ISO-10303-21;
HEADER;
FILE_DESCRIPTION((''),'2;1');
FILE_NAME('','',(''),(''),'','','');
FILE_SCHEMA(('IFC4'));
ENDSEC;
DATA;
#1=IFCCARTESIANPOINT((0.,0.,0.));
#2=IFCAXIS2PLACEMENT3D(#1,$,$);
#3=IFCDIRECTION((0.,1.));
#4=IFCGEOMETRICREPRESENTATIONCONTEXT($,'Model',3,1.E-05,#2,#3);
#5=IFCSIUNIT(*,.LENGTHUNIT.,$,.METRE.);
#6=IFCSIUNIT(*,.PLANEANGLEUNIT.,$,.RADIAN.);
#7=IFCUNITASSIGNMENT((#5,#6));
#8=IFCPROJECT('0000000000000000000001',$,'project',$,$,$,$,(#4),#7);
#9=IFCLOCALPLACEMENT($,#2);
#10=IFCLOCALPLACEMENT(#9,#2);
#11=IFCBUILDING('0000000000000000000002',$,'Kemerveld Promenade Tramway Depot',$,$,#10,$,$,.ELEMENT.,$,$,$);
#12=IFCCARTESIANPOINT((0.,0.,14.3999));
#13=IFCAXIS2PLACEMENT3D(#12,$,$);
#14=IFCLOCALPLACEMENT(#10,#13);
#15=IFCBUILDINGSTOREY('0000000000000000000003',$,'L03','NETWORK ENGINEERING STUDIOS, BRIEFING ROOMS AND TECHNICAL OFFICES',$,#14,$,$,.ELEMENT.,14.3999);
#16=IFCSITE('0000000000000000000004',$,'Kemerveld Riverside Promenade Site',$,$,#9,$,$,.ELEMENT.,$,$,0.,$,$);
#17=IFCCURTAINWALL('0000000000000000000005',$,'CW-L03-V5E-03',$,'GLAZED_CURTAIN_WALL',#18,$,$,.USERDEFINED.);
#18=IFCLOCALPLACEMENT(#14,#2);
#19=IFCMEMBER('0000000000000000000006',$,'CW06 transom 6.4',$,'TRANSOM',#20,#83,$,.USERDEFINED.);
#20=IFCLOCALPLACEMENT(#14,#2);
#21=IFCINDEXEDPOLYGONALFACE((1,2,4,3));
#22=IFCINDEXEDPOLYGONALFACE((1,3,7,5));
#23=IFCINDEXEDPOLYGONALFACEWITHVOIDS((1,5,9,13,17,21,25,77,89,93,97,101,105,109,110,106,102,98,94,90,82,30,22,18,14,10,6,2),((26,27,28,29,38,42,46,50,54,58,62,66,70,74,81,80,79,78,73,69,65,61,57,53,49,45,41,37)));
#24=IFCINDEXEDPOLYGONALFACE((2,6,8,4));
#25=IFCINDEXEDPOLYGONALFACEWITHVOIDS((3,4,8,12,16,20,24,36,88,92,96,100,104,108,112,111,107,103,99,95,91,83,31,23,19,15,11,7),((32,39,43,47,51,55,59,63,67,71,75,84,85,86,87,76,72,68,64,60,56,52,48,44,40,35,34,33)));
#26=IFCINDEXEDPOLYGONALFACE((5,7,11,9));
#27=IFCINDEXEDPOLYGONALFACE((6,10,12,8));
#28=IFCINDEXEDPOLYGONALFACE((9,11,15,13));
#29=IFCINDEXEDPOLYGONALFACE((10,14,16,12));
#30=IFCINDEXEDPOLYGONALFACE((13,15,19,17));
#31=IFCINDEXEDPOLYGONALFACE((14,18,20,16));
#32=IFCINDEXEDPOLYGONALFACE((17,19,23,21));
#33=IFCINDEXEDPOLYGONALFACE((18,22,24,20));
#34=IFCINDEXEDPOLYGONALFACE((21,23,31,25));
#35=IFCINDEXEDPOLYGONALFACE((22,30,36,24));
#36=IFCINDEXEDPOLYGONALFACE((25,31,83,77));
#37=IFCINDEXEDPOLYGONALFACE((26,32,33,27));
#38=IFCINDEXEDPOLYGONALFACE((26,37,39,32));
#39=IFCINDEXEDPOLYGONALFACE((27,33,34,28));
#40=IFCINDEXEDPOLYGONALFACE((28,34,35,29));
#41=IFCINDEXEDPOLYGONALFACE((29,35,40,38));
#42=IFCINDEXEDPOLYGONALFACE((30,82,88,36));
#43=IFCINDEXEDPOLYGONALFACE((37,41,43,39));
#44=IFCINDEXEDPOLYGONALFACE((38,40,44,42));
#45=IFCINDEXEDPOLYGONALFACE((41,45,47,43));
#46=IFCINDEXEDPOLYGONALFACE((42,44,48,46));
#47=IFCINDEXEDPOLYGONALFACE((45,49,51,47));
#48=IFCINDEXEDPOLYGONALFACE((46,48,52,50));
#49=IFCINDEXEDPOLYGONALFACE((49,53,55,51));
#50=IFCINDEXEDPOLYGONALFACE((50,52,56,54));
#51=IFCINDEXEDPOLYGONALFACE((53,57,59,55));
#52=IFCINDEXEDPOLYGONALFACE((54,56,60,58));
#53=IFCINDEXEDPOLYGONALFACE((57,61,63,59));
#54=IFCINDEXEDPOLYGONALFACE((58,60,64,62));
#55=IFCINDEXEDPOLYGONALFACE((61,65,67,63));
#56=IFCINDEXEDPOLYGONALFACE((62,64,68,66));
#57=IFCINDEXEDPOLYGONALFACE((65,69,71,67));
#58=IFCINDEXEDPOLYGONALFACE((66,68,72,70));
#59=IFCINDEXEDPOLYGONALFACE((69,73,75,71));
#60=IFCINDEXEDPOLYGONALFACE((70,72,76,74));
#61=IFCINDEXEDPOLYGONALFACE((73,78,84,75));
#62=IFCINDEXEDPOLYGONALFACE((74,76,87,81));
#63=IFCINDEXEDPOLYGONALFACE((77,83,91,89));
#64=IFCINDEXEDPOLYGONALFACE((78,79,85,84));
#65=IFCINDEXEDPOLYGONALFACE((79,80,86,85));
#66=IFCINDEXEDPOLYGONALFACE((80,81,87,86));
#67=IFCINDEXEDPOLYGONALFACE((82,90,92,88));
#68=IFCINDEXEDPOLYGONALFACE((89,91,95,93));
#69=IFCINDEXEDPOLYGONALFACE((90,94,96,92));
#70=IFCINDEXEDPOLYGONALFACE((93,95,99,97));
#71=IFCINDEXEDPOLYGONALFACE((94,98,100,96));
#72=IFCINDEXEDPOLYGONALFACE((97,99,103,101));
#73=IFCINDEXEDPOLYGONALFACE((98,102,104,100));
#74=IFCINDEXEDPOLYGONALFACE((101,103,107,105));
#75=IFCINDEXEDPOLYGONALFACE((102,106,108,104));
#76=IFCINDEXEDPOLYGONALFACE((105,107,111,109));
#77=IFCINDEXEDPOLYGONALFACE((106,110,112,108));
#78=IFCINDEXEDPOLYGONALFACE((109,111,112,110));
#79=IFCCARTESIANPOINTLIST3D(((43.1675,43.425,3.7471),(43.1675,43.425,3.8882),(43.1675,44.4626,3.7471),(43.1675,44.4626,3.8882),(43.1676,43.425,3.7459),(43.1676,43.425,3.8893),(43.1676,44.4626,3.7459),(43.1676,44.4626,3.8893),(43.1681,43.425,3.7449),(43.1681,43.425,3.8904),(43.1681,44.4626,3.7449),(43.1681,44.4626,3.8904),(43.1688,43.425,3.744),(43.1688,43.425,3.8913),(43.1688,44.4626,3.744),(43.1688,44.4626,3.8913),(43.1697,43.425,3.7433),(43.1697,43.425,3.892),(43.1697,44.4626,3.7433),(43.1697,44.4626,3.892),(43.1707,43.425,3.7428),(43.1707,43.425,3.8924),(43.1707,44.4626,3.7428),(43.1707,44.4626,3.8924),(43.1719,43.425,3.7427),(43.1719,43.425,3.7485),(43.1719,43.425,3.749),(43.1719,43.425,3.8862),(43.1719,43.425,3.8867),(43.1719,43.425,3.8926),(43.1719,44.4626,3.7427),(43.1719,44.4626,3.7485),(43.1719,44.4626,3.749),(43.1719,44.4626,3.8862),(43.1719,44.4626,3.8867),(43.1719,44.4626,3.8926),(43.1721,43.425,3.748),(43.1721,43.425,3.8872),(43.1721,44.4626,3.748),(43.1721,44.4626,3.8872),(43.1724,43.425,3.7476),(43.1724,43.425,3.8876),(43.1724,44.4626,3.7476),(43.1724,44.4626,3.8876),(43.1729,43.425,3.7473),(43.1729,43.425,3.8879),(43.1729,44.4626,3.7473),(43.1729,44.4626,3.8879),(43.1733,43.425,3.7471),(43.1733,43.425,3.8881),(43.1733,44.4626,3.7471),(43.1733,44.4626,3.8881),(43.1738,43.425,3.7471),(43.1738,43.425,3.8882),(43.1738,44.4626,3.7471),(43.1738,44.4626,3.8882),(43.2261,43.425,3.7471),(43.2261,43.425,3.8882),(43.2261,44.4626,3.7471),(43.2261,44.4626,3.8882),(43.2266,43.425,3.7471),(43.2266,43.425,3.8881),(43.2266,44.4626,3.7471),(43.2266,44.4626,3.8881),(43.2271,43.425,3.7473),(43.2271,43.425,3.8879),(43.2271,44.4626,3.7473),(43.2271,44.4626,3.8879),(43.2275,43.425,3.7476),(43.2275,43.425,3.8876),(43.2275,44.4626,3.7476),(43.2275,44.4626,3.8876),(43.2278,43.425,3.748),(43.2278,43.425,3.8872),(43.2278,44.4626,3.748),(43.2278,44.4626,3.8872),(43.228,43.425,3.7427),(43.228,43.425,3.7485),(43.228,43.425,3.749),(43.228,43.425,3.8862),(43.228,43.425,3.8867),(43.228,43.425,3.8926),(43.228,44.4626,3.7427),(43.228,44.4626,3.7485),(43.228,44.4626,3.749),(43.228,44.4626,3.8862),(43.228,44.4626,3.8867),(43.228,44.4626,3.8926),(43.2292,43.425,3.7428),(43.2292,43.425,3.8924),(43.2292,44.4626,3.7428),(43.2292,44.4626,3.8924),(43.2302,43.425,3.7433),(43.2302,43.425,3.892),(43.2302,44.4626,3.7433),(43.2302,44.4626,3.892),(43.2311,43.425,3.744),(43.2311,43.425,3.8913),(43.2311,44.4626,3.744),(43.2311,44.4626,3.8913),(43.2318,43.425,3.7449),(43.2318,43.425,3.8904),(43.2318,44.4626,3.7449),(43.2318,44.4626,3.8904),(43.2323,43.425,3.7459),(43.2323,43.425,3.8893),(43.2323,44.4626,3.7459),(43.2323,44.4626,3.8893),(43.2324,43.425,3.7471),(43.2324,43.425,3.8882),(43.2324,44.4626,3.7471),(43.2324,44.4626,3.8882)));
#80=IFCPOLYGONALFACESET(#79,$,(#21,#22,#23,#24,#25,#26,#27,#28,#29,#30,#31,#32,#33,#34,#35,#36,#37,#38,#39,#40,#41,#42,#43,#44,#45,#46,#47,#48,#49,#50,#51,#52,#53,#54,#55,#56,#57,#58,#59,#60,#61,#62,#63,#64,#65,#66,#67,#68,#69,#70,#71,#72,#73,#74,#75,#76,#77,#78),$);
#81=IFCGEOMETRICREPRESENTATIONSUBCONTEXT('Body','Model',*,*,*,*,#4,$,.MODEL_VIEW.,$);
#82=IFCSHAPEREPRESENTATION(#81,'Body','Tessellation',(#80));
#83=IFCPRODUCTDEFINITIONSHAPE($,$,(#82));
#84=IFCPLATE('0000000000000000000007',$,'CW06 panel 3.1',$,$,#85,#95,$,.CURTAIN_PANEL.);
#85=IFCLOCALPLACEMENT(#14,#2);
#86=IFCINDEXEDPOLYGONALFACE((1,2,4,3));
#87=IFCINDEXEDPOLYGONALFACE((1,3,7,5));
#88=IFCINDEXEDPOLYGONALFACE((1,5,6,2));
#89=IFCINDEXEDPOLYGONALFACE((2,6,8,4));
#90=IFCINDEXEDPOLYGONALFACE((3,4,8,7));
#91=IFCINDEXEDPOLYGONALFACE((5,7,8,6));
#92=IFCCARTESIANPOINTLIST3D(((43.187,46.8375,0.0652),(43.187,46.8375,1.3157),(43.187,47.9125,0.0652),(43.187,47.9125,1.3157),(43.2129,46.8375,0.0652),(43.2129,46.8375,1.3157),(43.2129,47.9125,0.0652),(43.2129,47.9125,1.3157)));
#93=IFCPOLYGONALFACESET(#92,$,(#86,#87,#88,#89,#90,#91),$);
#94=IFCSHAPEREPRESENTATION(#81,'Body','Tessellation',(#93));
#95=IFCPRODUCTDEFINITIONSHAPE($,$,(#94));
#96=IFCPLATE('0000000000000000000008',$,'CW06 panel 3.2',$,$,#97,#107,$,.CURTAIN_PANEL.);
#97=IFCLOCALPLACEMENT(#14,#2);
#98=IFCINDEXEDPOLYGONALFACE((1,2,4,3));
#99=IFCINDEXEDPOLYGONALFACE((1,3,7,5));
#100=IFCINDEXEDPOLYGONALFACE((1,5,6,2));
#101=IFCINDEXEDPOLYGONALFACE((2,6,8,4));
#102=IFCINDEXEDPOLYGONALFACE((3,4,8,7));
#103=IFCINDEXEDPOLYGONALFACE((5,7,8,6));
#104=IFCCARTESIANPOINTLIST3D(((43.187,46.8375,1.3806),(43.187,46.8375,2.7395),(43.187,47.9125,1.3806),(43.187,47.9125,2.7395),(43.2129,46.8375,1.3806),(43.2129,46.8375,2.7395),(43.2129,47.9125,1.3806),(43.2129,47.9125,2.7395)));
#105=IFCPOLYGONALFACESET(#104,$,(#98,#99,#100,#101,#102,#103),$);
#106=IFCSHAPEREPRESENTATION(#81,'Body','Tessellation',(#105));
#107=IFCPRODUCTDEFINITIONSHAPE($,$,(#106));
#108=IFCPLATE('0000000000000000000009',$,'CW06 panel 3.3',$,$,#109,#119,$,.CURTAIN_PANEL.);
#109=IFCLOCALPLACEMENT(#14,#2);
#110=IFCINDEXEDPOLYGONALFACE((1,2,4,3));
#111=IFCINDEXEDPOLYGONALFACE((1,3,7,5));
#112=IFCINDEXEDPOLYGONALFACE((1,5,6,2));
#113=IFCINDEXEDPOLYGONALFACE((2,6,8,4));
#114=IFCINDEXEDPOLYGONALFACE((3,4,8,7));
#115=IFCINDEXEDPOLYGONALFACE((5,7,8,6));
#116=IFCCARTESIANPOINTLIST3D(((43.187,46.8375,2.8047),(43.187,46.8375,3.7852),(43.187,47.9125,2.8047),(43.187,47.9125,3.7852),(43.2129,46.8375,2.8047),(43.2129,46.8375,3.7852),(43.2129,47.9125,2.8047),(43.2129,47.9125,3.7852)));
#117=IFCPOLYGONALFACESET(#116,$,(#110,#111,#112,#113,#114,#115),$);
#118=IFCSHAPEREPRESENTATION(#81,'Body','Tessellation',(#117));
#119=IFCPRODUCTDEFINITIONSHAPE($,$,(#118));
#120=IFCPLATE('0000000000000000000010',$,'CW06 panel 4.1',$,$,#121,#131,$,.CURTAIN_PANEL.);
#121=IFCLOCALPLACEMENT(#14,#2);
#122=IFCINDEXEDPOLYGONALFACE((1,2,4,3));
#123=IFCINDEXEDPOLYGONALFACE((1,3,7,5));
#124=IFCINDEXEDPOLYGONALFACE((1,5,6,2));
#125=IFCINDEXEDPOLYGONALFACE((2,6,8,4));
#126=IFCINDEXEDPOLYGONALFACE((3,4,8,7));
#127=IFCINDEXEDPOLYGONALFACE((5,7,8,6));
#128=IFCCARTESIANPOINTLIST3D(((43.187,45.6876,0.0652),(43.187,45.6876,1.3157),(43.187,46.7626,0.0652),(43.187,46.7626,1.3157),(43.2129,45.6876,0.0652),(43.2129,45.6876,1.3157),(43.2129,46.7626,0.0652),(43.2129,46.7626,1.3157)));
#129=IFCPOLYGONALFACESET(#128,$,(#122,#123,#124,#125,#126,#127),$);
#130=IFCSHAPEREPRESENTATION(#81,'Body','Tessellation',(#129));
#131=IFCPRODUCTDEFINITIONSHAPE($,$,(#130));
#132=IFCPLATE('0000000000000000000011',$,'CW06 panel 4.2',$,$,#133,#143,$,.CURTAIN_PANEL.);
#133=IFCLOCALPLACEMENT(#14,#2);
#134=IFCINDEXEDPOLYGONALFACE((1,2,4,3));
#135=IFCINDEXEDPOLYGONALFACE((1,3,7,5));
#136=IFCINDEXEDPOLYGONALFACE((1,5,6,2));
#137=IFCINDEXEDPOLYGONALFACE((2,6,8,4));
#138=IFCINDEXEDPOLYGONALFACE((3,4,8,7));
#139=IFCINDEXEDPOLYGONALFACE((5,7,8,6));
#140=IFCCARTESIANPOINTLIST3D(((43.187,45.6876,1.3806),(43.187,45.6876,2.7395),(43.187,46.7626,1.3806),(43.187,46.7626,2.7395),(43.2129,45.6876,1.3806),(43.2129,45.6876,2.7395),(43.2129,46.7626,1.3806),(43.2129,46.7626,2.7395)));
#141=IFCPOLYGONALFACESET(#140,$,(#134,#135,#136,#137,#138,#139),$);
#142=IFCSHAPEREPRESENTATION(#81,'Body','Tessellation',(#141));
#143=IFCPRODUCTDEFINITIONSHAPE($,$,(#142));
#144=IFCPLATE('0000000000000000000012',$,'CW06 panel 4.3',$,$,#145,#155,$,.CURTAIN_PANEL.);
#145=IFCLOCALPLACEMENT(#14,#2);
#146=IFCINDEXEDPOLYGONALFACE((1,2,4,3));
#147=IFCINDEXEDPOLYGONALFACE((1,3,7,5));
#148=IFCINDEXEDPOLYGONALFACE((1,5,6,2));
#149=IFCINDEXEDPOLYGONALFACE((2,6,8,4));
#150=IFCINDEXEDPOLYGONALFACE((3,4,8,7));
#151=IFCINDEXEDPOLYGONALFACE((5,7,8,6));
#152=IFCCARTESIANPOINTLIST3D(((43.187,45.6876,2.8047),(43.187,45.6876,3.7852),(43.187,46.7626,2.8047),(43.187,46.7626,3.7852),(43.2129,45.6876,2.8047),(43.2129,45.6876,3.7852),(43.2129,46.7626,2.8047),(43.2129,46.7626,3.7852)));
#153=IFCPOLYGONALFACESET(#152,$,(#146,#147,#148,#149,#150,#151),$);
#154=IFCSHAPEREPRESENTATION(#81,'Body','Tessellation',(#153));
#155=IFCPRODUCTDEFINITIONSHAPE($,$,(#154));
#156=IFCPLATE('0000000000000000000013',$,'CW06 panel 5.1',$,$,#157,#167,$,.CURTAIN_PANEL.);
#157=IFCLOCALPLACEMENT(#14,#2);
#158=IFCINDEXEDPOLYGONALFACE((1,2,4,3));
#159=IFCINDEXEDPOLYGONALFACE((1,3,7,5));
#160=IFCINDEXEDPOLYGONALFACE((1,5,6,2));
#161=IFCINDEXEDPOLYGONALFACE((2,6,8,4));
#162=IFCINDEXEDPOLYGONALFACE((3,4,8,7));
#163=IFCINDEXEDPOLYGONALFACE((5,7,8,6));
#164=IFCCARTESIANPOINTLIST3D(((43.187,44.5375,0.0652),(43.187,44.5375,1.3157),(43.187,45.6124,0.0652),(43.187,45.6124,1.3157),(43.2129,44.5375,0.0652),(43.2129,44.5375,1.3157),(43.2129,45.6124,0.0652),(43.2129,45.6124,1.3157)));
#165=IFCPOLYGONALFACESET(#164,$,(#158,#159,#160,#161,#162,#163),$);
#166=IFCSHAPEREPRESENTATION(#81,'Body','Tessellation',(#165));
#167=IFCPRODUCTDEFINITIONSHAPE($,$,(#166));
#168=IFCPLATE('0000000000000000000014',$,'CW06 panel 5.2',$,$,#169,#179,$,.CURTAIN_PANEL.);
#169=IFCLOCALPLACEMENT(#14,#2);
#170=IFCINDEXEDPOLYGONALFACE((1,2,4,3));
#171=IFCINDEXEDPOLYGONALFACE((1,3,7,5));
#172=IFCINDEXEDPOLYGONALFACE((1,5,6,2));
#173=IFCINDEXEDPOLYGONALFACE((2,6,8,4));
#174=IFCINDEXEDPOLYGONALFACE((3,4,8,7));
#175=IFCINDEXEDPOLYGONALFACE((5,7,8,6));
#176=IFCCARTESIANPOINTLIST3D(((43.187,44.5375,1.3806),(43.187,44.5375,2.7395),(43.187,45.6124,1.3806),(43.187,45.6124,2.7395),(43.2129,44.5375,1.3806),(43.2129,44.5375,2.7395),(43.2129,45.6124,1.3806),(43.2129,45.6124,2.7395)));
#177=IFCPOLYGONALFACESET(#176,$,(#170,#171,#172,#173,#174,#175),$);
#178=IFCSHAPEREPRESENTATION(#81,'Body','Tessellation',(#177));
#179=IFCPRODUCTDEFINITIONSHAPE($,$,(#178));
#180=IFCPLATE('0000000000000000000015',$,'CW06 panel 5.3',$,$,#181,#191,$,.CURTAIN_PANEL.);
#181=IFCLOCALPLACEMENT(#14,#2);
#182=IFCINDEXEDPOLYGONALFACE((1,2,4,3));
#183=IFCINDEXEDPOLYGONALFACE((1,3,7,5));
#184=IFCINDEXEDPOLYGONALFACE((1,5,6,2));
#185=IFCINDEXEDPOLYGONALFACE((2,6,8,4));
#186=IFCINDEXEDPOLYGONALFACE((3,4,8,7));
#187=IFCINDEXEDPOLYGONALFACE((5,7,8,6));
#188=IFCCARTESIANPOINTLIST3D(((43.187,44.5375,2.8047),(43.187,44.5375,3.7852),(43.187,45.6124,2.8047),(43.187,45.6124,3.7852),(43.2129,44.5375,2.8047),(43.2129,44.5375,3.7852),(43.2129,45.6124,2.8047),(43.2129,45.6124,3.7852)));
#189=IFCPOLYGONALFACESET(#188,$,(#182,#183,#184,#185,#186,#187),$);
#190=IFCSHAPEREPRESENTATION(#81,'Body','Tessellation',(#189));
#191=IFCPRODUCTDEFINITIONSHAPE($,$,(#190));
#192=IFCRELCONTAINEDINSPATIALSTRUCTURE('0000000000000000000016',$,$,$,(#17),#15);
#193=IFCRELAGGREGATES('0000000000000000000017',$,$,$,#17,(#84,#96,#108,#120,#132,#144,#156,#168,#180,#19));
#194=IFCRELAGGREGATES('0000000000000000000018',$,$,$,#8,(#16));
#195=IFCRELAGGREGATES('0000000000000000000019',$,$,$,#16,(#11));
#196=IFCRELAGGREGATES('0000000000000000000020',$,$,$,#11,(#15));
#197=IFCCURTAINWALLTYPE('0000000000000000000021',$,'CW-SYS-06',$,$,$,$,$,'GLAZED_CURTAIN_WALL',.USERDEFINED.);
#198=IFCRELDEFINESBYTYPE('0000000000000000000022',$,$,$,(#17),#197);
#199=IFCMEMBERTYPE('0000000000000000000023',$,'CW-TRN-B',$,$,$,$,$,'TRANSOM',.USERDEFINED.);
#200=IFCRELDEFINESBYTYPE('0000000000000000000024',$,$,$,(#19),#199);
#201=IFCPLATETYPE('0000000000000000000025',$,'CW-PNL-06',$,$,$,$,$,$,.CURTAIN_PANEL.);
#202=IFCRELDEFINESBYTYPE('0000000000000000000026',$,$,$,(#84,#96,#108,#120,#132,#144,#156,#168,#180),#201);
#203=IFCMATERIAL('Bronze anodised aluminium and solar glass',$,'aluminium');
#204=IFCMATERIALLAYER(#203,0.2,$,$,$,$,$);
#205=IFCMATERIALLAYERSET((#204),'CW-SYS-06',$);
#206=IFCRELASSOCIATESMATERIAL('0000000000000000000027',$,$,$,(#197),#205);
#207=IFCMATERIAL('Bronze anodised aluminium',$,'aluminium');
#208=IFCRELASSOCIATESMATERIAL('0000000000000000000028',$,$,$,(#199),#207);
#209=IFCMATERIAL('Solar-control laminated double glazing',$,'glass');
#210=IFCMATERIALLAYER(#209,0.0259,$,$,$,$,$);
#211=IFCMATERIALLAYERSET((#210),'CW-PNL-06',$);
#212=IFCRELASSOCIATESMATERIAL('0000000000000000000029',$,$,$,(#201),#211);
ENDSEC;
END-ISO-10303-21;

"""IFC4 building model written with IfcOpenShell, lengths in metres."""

from ifc_helpers import new_model, si_unit, direction, frame, origin, origin_2d, place, context, subcontext, project, spatial, rectangle, hollow_rectangle, extrude, material, layer, layer_set, material_profile, profile_set, type_object, element, aggregate, save


model = new_model("IFC4")

# Units and contexts
model_context = context("Model", 3, precision=1e-05, world=origin(), true_north=direction((0.0, 1.0)))
body_context = subcontext(model_context, "Body", "Model", "MODEL_VIEW")
ifc_project = project(units=[si_unit("LENGTHUNIT", "METRE"), si_unit("PLANEANGLEUNIT", "RADIAN")], contexts=[model_context])

# Site, building, storey
site_placement = place(None, origin())
site = spatial("IfcSite", under=ifc_project, at=site_placement, Name="Kemerveld Riverside Promenade Site", CompositionType="ELEMENT", RefElevation=0.0)
building_placement = place(site_placement, origin())
building = spatial("IfcBuilding", under=site, at=building_placement, Name="Kemerveld Promenade Tramway Depot", CompositionType="ELEMENT")
storey_placement = place(building_placement, frame((0.0, 0.0, 14.3999)))
storey = spatial("IfcBuildingStorey", under=building, at=storey_placement, Name="L03", Description="NETWORK ENGINEERING STUDIOS, BRIEFING ROOMS AND TECHNICAL OFFICES", CompositionType="ELEMENT", Elevation=14.3999)

# Curtain wall, member, plates
ifc_material_1 = material(Name="Bronze anodised aluminium and solar glass", Category="aluminium")
ifc_layer_1 = layer(ifc_material_1, 0.2)
ifc_layer_set_1 = layer_set([ifc_layer_1], Name="CW-SYS-06")
curtain_wall_type = type_object("IfcCurtainWallType", Name="CW-SYS-06", ElementType="GLAZED_CURTAIN_WALL", PredefinedType="USERDEFINED", material=ifc_layer_set_1)
curtain_wall_placement = place(storey_placement, origin())
curtain_wall = element("IfcCurtainWall", 1, at=curtain_wall_placement, inside=storey, type_object=curtain_wall_type, Name="CW-L03-V5E-03", ObjectType="GLAZED_CURTAIN_WALL", PredefinedType="USERDEFINED")
ifc_material_2 = material(Name="Bronze anodised aluminium", Category="aluminium")
ifc_material_profile_1 = material_profile(ifc_material_2, hollow_rectangle(XDim=0.0649, YDim=0.1499, WallThickness=0.0044, InnerFilletRadius=0.002, OuterFilletRadius=0.0044, at=origin_2d()), Name="CW-TRN-150x65")
ifc_profile_set_1 = profile_set([ifc_material_profile_1], Name="Bronze anodised aluminium")
member_type_1 = type_object("IfcMemberType", Name="CW-TRN-B", ElementType="TRANSOM", PredefinedType="USERDEFINED", material=ifc_profile_set_1)
member_1_placement = place(storey_placement, frame((43.2, 44.4626, 3.8176), z_axis=(0.0, -1.0, 0.0), x_axis=(1.0, 0.0, 0.0)))
member_1 = element("IfcMember", 2, at=member_1_placement, type_object=member_type_1, Name="CW06 transom 6.4", ObjectType="TRANSOM", PredefinedType="USERDEFINED", context=body_context, shape_type="SweptSolid", body=[
    extrude(hollow_rectangle(XDim=0.0649, YDim=0.1499, WallThickness=0.0044, InnerFilletRadius=0.002, OuterFilletRadius=0.0044, at=origin_2d()), origin(), (0.0, 0.0, 1.0), 1.0376),
])
ifc_material_3 = material(Name="Solar-control laminated double glazing", Category="glass")
ifc_layer_2 = layer(ifc_material_3, 0.0259)
ifc_layer_set_2 = layer_set([ifc_layer_2], Name="CW-PNL-06")
plate_type = type_object("IfcPlateType", Name="CW-PNL-06", PredefinedType="CURTAIN_PANEL", material=ifc_layer_set_2)
plate_1_placement = place(storey_placement, frame((43.2, 47.375, 0.0652), z_axis=(0.0, 0.0, 1.0), x_axis=(0.0, -1.0, 0.0)))
plate_1 = element("IfcPlate", 3, at=plate_1_placement, type_object=plate_type, Name="CW06 panel 3.1", PredefinedType="CURTAIN_PANEL", context=body_context, shape_type="SweptSolid", body=[
    extrude(rectangle(XDim=1.075, YDim=0.0259, at=origin_2d()), origin(), (0.0, 0.0, 1.0), 1.2505),
])
plate_2_placement = place(storey_placement, frame((43.2, 47.375, 1.3806), z_axis=(0.0, 0.0, 1.0), x_axis=(0.0, -1.0, 0.0)))
plate_2 = element("IfcPlate", 4, at=plate_2_placement, type_object=plate_type, Name="CW06 panel 3.2", PredefinedType="CURTAIN_PANEL", context=body_context, shape_type="SweptSolid", body=[
    extrude(rectangle(XDim=1.075, YDim=0.0259, at=origin_2d()), origin(), (0.0, 0.0, 1.0), 1.3589),
])
plate_3_placement = place(storey_placement, frame((43.2, 47.375, 2.8047), z_axis=(0.0, 0.0, 1.0), x_axis=(0.0, -1.0, 0.0)))
plate_3 = element("IfcPlate", 5, at=plate_3_placement, type_object=plate_type, Name="CW06 panel 3.3", PredefinedType="CURTAIN_PANEL", context=body_context, shape_type="SweptSolid", body=[
    extrude(rectangle(XDim=1.075, YDim=0.0259, at=origin_2d()), origin(), (0.0, 0.0, 1.0), 0.9805),
])
plate_4_placement = place(storey_placement, frame((43.2, 46.2251, 0.0652), z_axis=(0.0, 0.0, 1.0), x_axis=(0.0, -1.0, 0.0)))
plate_4 = element("IfcPlate", 6, at=plate_4_placement, type_object=plate_type, Name="CW06 panel 4.1", PredefinedType="CURTAIN_PANEL", context=body_context, shape_type="SweptSolid", body=[
    extrude(rectangle(XDim=1.075, YDim=0.0259, at=origin_2d()), origin(), (0.0, 0.0, 1.0), 1.2505),
])
plate_5_placement = place(storey_placement, frame((43.2, 46.2251, 1.3806), z_axis=(0.0, 0.0, 1.0), x_axis=(0.0, -1.0, 0.0)))
plate_5 = element("IfcPlate", 7, at=plate_5_placement, type_object=plate_type, Name="CW06 panel 4.2", PredefinedType="CURTAIN_PANEL", context=body_context, shape_type="SweptSolid", body=[
    extrude(rectangle(XDim=1.075, YDim=0.0259, at=origin_2d()), origin(), (0.0, 0.0, 1.0), 1.3589),
])
plate_6_placement = place(storey_placement, frame((43.2, 46.2251, 2.8047), z_axis=(0.0, 0.0, 1.0), x_axis=(0.0, -1.0, 0.0)))
plate_6 = element("IfcPlate", 8, at=plate_6_placement, type_object=plate_type, Name="CW06 panel 4.3", PredefinedType="CURTAIN_PANEL", context=body_context, shape_type="SweptSolid", body=[
    extrude(rectangle(XDim=1.075, YDim=0.0259, at=origin_2d()), origin(), (0.0, 0.0, 1.0), 0.9805),
])
plate_7_placement = place(storey_placement, frame((43.2, 45.075, 0.0652), z_axis=(0.0, 0.0, 1.0), x_axis=(0.0, -1.0, 0.0)))
plate_7 = element("IfcPlate", 9, at=plate_7_placement, type_object=plate_type, Name="CW06 panel 5.1", PredefinedType="CURTAIN_PANEL", context=body_context, shape_type="SweptSolid", body=[
    extrude(rectangle(XDim=1.075, YDim=0.0259, at=origin_2d()), origin(), (0.0, 0.0, 1.0), 1.2505),
])
plate_8_placement = place(storey_placement, frame((43.2, 45.075, 1.3806), z_axis=(0.0, 0.0, 1.0), x_axis=(0.0, -1.0, 0.0)))
plate_8 = element("IfcPlate", 10, at=plate_8_placement, type_object=plate_type, Name="CW06 panel 5.2", PredefinedType="CURTAIN_PANEL", context=body_context, shape_type="SweptSolid", body=[
    extrude(rectangle(XDim=1.075, YDim=0.0259, at=origin_2d()), origin(), (0.0, 0.0, 1.0), 1.3589),
])
plate_9_placement = place(storey_placement, frame((43.2, 45.075, 2.8047), z_axis=(0.0, 0.0, 1.0), x_axis=(0.0, -1.0, 0.0)))
plate_9 = element("IfcPlate", 11, at=plate_9_placement, type_object=plate_type, Name="CW06 panel 5.3", PredefinedType="CURTAIN_PANEL", context=body_context, shape_type="SweptSolid", body=[
    extrude(rectangle(XDim=1.075, YDim=0.0259, at=origin_2d()), origin(), (0.0, 0.0, 1.0), 0.9805),
])
aggregate(curtain_wall, [plate_1, plate_2, plate_3, plate_4, plate_5, plate_6, plate_7, plate_8, plate_9, member_1])

save(model, "model.ifc")
